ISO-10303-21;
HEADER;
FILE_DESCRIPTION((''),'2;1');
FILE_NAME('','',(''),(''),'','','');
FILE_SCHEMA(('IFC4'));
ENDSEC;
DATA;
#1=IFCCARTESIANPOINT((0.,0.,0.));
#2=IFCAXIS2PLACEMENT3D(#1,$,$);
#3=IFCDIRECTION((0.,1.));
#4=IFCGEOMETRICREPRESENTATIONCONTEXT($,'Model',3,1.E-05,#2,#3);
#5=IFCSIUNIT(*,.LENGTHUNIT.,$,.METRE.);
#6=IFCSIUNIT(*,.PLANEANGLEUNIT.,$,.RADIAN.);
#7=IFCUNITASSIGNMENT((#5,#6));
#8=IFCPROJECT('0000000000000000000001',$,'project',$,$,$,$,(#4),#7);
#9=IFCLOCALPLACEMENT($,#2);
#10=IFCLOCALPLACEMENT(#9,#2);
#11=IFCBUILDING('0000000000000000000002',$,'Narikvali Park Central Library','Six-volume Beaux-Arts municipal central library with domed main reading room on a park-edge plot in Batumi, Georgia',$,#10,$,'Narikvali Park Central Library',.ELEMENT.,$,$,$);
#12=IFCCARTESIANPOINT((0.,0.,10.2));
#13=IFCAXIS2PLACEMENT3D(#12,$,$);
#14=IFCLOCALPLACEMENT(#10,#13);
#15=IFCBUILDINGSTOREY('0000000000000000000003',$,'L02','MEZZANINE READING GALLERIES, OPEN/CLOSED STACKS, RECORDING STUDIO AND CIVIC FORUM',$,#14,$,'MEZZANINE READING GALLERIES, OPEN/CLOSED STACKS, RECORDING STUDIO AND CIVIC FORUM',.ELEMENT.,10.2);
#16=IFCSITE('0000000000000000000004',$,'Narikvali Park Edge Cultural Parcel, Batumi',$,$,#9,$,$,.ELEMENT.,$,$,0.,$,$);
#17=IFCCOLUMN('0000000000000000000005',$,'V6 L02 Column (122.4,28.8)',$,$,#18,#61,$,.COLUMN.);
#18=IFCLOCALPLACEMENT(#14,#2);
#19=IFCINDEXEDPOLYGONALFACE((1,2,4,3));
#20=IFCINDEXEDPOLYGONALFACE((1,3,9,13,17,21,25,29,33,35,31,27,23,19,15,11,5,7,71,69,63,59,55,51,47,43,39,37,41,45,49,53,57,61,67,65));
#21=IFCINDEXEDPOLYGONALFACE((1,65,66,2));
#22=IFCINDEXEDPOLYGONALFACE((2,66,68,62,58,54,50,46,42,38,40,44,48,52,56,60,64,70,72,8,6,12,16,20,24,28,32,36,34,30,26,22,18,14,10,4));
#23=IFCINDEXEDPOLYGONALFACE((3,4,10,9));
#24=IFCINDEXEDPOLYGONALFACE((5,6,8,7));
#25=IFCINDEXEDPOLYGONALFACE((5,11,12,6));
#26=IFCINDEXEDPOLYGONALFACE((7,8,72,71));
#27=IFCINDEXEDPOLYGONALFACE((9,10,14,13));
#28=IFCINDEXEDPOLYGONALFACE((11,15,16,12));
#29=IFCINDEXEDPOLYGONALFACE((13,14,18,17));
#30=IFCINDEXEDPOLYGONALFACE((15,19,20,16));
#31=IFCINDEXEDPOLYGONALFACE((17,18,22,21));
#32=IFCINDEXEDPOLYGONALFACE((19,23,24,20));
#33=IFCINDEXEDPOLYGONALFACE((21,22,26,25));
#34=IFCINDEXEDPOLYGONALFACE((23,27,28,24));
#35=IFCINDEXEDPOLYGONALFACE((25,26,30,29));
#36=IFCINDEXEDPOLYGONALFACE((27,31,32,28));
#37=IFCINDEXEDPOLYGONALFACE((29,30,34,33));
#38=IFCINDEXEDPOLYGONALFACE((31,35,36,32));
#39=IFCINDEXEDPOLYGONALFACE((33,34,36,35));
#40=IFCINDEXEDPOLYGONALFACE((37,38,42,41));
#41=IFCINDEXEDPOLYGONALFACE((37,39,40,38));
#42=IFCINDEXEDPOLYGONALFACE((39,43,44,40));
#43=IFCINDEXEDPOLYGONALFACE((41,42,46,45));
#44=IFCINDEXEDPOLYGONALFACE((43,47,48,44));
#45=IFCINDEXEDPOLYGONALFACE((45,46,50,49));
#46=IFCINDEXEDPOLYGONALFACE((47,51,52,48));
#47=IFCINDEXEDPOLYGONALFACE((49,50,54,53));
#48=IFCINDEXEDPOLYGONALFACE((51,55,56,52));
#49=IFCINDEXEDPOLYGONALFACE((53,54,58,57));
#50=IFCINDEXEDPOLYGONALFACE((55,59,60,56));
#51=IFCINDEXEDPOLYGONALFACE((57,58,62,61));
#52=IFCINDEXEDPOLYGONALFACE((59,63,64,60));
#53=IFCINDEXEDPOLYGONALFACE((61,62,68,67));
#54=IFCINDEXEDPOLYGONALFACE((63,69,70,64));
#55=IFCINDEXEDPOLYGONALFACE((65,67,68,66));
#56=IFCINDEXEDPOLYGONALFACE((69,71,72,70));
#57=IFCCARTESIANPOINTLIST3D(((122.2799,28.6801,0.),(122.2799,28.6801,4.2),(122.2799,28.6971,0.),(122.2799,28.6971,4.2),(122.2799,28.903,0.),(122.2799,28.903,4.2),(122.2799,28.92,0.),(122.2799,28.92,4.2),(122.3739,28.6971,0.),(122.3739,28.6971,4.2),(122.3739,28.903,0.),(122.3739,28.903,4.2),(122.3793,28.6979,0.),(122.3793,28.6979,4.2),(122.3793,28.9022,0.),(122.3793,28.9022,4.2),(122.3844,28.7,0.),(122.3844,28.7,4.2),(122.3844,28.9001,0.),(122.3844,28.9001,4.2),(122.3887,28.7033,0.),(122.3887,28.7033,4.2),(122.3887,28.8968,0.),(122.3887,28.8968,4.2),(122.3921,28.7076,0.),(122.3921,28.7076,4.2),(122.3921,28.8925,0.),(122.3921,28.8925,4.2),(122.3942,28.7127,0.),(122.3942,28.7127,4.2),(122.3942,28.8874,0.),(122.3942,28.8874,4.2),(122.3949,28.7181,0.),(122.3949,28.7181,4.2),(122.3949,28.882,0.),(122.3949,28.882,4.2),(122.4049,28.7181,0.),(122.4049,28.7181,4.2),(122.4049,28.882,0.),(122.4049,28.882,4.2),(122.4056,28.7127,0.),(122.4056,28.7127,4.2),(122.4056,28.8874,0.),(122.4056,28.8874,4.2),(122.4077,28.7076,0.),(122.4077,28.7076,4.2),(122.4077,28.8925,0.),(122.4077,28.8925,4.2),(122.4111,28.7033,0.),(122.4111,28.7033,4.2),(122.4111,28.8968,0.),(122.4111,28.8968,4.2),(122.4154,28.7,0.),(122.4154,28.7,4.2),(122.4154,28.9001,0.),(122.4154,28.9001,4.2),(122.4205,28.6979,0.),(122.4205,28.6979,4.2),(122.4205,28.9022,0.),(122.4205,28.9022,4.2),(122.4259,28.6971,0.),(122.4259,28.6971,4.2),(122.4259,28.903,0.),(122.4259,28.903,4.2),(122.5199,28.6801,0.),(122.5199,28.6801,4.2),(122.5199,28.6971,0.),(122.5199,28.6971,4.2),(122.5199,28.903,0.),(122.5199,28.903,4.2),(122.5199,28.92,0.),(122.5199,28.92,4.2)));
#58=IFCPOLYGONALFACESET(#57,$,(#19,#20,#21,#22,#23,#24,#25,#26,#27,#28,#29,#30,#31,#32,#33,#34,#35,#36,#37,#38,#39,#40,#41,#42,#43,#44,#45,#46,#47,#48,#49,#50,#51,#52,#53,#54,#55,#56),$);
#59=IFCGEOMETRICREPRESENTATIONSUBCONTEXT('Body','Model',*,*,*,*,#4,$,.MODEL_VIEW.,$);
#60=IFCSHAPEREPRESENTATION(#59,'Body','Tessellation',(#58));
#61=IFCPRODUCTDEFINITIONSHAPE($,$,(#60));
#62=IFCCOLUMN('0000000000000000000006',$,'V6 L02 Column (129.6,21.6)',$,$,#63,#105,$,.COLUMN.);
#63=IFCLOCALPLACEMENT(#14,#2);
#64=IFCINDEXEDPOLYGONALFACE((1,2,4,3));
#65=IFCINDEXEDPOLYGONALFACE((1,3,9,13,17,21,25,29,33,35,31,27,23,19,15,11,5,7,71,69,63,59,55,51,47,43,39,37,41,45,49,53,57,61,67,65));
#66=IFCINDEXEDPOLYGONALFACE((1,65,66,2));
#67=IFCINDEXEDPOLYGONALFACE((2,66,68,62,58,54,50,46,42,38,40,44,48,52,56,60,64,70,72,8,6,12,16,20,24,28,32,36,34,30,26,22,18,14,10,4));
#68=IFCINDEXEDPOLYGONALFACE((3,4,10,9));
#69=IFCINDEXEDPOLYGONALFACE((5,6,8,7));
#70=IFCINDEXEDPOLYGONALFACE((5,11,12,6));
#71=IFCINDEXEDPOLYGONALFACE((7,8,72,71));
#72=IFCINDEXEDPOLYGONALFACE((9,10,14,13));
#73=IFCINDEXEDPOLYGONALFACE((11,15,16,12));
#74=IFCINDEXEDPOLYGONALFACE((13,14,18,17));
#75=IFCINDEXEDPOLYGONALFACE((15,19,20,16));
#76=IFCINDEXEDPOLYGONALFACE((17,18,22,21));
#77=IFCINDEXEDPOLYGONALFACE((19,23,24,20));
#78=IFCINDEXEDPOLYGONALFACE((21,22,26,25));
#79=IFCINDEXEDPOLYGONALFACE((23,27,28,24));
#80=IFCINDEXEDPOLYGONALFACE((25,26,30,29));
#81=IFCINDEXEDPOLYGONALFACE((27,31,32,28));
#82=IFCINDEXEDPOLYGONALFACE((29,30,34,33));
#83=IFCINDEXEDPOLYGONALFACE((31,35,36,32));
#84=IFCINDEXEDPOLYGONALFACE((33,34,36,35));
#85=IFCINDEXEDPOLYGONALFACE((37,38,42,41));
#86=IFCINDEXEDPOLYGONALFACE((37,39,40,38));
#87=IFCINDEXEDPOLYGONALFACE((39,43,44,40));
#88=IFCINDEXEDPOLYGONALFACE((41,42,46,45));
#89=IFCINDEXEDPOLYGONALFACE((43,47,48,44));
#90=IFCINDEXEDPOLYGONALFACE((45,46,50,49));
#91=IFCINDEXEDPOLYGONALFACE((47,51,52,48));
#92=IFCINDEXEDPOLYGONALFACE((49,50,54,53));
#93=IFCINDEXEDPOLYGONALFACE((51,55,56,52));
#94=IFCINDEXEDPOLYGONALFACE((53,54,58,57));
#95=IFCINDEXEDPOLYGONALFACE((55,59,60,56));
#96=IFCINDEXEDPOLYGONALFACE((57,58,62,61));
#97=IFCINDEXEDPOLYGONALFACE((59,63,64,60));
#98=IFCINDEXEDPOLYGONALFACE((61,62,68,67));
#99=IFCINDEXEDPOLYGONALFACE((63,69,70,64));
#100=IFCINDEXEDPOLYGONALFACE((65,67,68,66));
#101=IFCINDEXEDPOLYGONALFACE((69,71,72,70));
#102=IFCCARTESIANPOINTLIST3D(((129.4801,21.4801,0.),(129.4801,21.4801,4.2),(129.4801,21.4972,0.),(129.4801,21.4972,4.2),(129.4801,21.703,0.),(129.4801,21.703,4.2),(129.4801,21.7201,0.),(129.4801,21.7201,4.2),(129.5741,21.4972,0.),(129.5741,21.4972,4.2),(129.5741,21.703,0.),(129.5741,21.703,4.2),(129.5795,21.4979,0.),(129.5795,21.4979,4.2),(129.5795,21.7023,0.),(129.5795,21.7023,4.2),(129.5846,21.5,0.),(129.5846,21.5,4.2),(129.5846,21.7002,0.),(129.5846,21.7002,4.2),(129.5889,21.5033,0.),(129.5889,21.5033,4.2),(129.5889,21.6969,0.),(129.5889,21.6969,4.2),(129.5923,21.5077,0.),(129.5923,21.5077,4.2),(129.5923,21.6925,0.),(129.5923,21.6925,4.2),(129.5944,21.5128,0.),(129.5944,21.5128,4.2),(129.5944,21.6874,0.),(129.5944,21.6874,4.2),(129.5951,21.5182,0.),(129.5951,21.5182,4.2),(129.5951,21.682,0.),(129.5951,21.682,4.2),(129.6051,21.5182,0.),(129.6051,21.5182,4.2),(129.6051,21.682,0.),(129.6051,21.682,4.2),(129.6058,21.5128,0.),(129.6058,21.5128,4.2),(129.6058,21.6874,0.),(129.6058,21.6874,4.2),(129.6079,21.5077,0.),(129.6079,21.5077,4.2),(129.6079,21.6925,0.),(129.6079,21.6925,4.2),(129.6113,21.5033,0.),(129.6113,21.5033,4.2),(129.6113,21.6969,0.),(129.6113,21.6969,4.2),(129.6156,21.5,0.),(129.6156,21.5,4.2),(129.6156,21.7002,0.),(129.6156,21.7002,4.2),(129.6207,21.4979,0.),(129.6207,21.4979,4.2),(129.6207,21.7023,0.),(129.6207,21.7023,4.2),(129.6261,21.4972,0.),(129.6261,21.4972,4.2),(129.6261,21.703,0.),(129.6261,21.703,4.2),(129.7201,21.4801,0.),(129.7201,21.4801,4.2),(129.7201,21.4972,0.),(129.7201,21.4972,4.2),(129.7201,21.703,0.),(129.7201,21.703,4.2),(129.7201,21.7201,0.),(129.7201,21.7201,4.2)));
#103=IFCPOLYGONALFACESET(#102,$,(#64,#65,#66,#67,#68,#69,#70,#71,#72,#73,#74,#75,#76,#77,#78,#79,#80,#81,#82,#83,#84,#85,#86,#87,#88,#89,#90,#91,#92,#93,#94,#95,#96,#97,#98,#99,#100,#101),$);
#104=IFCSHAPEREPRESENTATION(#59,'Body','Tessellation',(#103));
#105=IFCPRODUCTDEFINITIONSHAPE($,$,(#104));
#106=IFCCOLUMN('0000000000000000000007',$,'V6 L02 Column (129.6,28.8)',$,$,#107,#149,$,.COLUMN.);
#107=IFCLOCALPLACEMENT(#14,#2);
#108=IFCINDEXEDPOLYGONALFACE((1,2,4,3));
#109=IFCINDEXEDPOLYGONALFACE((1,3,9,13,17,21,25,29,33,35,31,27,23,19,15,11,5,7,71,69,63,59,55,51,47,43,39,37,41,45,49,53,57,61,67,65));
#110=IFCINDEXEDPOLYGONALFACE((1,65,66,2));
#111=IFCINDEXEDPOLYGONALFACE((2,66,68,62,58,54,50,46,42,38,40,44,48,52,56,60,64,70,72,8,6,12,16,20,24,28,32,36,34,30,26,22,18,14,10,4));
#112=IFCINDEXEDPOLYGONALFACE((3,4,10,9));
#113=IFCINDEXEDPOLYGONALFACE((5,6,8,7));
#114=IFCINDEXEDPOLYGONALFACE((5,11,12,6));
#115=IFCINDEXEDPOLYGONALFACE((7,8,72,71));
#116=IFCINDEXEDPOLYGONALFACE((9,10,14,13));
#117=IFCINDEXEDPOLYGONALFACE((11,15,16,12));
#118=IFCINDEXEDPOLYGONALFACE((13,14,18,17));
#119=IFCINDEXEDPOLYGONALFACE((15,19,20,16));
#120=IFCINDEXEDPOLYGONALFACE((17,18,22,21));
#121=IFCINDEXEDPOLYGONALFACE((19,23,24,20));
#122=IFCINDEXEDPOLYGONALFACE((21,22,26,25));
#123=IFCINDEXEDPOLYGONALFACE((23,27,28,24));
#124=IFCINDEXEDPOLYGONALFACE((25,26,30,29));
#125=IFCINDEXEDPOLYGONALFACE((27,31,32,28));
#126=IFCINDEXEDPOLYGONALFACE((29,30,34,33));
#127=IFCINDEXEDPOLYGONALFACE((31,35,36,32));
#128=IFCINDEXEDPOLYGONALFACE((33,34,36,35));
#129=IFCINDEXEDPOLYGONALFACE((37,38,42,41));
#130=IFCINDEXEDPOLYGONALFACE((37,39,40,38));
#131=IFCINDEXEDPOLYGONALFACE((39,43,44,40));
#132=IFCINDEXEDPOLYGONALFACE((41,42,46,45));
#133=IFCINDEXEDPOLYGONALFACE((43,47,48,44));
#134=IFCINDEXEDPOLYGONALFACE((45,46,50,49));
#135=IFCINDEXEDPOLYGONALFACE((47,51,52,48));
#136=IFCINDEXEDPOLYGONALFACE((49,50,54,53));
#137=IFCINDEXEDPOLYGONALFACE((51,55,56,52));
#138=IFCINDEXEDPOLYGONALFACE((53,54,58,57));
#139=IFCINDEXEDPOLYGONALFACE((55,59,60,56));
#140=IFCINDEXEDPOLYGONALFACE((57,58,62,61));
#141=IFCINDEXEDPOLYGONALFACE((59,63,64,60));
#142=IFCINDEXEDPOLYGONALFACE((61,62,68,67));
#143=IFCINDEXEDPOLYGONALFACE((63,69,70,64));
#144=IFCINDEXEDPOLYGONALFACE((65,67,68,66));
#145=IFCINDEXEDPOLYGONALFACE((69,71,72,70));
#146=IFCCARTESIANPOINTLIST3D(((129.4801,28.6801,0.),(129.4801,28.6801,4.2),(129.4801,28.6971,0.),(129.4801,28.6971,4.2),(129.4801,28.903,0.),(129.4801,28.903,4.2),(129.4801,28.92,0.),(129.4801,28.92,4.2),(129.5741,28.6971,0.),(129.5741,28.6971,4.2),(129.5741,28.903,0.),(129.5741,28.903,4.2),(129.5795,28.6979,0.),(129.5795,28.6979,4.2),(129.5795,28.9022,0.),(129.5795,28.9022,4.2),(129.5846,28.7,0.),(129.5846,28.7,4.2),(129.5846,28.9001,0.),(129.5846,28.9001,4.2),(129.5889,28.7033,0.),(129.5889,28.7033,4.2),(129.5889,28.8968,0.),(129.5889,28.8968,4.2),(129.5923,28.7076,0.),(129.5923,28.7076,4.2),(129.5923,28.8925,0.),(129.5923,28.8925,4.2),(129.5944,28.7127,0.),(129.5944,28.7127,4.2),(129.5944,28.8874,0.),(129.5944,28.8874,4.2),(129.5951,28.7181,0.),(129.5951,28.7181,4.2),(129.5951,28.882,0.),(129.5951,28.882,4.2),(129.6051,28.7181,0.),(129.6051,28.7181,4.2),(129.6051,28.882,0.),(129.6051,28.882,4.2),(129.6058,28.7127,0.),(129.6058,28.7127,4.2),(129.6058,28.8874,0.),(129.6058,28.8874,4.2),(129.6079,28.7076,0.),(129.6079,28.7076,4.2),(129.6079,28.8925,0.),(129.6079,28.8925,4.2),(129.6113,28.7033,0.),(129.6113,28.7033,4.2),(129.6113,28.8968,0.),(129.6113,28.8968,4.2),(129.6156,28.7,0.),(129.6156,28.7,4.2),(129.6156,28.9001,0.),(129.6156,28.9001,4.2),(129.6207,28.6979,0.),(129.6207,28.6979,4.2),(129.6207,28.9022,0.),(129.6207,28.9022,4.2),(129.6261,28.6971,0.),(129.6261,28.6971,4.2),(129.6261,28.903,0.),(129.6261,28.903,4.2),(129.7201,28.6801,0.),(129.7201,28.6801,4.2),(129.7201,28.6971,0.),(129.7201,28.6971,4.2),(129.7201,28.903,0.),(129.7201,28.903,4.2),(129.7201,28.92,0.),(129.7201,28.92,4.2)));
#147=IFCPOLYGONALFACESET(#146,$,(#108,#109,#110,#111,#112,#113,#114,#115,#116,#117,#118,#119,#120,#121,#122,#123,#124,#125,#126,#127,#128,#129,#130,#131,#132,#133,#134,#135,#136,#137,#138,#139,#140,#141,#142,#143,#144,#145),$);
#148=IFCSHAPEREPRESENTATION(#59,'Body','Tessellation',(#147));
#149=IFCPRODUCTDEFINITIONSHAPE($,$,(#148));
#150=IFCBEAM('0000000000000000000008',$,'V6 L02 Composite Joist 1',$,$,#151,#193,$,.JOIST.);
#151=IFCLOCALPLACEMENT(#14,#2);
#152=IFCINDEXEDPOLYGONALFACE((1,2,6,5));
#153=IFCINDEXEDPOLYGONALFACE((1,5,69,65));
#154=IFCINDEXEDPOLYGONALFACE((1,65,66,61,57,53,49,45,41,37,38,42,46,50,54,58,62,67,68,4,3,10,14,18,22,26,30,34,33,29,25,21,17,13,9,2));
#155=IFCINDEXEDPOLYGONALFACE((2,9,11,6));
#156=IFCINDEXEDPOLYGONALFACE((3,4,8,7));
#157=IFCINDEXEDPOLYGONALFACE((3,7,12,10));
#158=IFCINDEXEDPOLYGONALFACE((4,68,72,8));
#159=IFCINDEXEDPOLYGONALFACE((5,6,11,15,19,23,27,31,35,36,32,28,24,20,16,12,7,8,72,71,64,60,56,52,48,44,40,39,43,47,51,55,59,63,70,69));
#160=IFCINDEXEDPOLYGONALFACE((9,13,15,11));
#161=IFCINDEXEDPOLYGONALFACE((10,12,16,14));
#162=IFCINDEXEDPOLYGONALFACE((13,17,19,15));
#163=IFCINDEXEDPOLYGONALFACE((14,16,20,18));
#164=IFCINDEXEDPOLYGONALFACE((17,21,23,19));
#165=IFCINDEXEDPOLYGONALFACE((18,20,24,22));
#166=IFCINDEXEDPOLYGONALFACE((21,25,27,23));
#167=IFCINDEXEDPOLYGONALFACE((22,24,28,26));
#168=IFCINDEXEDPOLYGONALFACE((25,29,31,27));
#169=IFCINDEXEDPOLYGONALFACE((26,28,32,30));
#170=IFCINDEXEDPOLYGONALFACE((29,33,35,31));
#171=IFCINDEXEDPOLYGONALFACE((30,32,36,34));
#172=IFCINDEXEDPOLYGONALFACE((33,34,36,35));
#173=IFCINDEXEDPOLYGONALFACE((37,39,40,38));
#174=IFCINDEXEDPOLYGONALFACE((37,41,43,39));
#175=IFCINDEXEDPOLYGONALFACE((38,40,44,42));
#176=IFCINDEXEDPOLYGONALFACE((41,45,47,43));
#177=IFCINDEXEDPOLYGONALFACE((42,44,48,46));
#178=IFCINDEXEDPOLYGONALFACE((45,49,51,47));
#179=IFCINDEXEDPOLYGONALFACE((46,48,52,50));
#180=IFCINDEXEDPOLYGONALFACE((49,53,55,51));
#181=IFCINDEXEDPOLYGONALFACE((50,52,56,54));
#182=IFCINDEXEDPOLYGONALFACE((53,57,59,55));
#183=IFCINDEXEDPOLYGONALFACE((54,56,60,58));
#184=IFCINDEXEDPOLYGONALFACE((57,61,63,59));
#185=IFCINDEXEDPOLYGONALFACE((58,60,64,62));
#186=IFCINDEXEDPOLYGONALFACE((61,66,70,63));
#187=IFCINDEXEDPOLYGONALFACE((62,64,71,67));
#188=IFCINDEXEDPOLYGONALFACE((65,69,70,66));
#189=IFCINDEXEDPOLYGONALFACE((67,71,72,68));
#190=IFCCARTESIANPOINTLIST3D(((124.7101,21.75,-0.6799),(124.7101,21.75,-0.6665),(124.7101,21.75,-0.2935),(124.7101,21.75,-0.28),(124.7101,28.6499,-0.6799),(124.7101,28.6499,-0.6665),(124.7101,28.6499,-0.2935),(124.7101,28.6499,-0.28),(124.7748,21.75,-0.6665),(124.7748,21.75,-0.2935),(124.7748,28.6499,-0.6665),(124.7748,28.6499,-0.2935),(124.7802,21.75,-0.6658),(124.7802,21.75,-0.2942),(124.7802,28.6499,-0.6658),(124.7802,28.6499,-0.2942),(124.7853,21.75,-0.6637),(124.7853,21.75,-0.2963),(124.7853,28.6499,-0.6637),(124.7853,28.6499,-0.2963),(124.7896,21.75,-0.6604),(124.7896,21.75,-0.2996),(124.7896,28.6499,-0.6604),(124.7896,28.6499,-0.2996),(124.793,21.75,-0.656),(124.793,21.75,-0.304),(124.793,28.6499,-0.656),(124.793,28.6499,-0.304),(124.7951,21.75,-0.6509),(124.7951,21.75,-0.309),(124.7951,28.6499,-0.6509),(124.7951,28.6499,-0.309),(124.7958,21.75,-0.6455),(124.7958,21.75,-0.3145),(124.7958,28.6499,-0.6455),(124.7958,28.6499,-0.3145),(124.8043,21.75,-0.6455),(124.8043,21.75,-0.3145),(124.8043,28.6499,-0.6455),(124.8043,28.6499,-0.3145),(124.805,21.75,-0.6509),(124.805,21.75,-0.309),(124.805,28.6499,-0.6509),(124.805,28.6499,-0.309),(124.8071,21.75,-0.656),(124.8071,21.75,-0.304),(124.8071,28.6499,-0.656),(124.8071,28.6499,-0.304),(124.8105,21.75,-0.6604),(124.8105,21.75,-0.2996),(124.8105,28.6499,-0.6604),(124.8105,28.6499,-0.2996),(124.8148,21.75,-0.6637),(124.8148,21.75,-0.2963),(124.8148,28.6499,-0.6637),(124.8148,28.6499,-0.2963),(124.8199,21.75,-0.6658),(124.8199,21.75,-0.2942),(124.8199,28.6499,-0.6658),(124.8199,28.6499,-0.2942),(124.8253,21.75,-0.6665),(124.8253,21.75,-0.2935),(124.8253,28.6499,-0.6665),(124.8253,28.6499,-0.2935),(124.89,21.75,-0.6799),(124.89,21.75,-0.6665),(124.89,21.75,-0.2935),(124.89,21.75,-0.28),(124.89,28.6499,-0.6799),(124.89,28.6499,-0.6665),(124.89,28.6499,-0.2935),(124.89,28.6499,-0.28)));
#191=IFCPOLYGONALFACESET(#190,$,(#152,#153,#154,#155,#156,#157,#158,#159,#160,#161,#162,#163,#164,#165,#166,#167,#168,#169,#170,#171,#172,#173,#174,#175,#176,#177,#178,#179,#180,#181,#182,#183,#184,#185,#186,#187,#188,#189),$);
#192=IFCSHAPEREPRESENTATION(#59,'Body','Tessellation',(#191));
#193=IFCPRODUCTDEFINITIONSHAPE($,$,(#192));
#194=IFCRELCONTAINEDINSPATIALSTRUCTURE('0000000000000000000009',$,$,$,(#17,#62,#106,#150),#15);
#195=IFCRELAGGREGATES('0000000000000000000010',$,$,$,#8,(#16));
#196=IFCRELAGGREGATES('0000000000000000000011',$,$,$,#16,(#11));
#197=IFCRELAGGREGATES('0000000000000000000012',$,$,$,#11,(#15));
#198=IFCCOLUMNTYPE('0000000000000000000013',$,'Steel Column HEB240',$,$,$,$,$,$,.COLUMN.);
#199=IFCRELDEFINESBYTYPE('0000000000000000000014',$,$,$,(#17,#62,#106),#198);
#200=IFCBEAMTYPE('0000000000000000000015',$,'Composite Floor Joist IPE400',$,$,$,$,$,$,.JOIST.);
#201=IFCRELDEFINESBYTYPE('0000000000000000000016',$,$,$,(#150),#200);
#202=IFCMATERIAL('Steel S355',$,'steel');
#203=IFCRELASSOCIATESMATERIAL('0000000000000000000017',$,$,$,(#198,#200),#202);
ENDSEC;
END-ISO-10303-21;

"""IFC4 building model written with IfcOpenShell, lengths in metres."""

from ifc_helpers import new_model, si_unit, direction, frame, origin, origin_2d, place, context, subcontext, project, spatial, i_section, extrude, material, material_profile, profile_set, type_object, element, save


model = new_model("IFC4")

# Units and contexts
model_context = context("Model", 3, precision=1e-05, world=origin(), true_north=direction((0.0, 1.0)))
body_context = subcontext(model_context, "Body", "Model", "MODEL_VIEW")
ifc_project = project(units=[si_unit("LENGTHUNIT", "METRE"), si_unit("PLANEANGLEUNIT", "RADIAN")], contexts=[model_context])

# Site, building, storey
site_placement = place(None, origin())
site = spatial("IfcSite", under=ifc_project, at=site_placement, Name="Narikvali Park Edge Cultural Parcel, Batumi", CompositionType="ELEMENT", RefElevation=0.0)
building_placement = place(site_placement, origin())
building = spatial("IfcBuilding", under=site, at=building_placement, Name="Narikvali Park Central Library", Description="Six-volume Beaux-Arts municipal central library with domed main reading room on a park-edge plot in Batumi, Georgia", LongName="Narikvali Park Central Library", CompositionType="ELEMENT")
storey_placement = place(building_placement, frame((0.0, 0.0, 10.2)))
storey = spatial("IfcBuildingStorey", under=building, at=storey_placement, Name="L02", Description="MEZZANINE READING GALLERIES, OPEN/CLOSED STACKS, RECORDING STUDIO AND CIVIC FORUM", LongName="MEZZANINE READING GALLERIES, OPEN/CLOSED STACKS, RECORDING STUDIO AND CIVIC FORUM", CompositionType="ELEMENT", Elevation=10.2)

# Columns
ifc_material_1 = material(Name="Steel S355", Category="steel")
ifc_material_profile_1 = material_profile(ifc_material_1, i_section(OverallWidth=0.24, OverallDepth=0.24, WebThickness=0.01, FlangeThickness=0.0171, FilletRadius=0.021, at=origin_2d()), Name="HEB 240")
ifc_profile_set_1 = profile_set([ifc_material_profile_1], Name="Steel S355")
column_type = type_object("IfcColumnType", Name="Steel Column HEB240", PredefinedType="COLUMN", material=ifc_profile_set_1)
for number, where, z_axis, x_axis, name in (
    (1, (122.3999, 28.8, 0.0), (0.0, 0.0, 1.0), (1.0, 0.0, 0.0), "V6 L02 Column (122.4,28.8)"),
    (2, (129.6001, 21.6001, 0.0), (0.0, 0.0, 1.0), (1.0, 0.0, 0.0), "V6 L02 Column (129.6,21.6)"),
    (3, (129.6001, 28.8, 0.0), (0.0, 0.0, 1.0), (1.0, 0.0, 0.0), "V6 L02 Column (129.6,28.8)"),
):
    element("IfcColumn", number, at=place(storey_placement, frame(where, z_axis=z_axis, x_axis=x_axis)), inside=storey, type_object=column_type, Name=name, PredefinedType="COLUMN", context=body_context, shape_type="SweptSolid", body=[
        extrude(i_section(OverallWidth=0.24, OverallDepth=0.24, WebThickness=0.01, FlangeThickness=0.0171, FilletRadius=0.021, at=origin_2d()), origin(), (0.0, 0.0, 1.0), 4.2),
    ])

# Beam
ifc_material_profile_2 = material_profile(ifc_material_1, i_section(OverallWidth=0.1799, OverallDepth=0.3999, WebThickness=0.0085, FlangeThickness=0.0134, FilletRadius=0.021, at=origin_2d()), Name="IPE 400")
ifc_profile_set_2 = profile_set([ifc_material_profile_2], Name="Steel S355")
beam_type_1 = type_object("IfcBeamType", Name="Composite Floor Joist IPE400", PredefinedType="JOIST", material=ifc_profile_set_2)
for number, where, z_axis, x_axis, name in (
    (4, (124.8, 21.75, -0.48), (0.0, 1.0, 0.0), (-1.0, 0.0, 0.0), "V6 L02 Composite Joist 1"),
):
    element("IfcBeam", number, at=place(storey_placement, frame(where, z_axis=z_axis, x_axis=x_axis)), inside=storey, type_object=beam_type_1, Name=name, PredefinedType="JOIST", context=body_context, shape_type="SweptSolid", body=[
        extrude(i_section(OverallWidth=0.1799, OverallDepth=0.3999, WebThickness=0.0085, FlangeThickness=0.0134, FilletRadius=0.021, at=origin_2d()), origin(), (0.0, 0.0, 1.0), 6.8999),
    ])

save(model, "model.ifc")
